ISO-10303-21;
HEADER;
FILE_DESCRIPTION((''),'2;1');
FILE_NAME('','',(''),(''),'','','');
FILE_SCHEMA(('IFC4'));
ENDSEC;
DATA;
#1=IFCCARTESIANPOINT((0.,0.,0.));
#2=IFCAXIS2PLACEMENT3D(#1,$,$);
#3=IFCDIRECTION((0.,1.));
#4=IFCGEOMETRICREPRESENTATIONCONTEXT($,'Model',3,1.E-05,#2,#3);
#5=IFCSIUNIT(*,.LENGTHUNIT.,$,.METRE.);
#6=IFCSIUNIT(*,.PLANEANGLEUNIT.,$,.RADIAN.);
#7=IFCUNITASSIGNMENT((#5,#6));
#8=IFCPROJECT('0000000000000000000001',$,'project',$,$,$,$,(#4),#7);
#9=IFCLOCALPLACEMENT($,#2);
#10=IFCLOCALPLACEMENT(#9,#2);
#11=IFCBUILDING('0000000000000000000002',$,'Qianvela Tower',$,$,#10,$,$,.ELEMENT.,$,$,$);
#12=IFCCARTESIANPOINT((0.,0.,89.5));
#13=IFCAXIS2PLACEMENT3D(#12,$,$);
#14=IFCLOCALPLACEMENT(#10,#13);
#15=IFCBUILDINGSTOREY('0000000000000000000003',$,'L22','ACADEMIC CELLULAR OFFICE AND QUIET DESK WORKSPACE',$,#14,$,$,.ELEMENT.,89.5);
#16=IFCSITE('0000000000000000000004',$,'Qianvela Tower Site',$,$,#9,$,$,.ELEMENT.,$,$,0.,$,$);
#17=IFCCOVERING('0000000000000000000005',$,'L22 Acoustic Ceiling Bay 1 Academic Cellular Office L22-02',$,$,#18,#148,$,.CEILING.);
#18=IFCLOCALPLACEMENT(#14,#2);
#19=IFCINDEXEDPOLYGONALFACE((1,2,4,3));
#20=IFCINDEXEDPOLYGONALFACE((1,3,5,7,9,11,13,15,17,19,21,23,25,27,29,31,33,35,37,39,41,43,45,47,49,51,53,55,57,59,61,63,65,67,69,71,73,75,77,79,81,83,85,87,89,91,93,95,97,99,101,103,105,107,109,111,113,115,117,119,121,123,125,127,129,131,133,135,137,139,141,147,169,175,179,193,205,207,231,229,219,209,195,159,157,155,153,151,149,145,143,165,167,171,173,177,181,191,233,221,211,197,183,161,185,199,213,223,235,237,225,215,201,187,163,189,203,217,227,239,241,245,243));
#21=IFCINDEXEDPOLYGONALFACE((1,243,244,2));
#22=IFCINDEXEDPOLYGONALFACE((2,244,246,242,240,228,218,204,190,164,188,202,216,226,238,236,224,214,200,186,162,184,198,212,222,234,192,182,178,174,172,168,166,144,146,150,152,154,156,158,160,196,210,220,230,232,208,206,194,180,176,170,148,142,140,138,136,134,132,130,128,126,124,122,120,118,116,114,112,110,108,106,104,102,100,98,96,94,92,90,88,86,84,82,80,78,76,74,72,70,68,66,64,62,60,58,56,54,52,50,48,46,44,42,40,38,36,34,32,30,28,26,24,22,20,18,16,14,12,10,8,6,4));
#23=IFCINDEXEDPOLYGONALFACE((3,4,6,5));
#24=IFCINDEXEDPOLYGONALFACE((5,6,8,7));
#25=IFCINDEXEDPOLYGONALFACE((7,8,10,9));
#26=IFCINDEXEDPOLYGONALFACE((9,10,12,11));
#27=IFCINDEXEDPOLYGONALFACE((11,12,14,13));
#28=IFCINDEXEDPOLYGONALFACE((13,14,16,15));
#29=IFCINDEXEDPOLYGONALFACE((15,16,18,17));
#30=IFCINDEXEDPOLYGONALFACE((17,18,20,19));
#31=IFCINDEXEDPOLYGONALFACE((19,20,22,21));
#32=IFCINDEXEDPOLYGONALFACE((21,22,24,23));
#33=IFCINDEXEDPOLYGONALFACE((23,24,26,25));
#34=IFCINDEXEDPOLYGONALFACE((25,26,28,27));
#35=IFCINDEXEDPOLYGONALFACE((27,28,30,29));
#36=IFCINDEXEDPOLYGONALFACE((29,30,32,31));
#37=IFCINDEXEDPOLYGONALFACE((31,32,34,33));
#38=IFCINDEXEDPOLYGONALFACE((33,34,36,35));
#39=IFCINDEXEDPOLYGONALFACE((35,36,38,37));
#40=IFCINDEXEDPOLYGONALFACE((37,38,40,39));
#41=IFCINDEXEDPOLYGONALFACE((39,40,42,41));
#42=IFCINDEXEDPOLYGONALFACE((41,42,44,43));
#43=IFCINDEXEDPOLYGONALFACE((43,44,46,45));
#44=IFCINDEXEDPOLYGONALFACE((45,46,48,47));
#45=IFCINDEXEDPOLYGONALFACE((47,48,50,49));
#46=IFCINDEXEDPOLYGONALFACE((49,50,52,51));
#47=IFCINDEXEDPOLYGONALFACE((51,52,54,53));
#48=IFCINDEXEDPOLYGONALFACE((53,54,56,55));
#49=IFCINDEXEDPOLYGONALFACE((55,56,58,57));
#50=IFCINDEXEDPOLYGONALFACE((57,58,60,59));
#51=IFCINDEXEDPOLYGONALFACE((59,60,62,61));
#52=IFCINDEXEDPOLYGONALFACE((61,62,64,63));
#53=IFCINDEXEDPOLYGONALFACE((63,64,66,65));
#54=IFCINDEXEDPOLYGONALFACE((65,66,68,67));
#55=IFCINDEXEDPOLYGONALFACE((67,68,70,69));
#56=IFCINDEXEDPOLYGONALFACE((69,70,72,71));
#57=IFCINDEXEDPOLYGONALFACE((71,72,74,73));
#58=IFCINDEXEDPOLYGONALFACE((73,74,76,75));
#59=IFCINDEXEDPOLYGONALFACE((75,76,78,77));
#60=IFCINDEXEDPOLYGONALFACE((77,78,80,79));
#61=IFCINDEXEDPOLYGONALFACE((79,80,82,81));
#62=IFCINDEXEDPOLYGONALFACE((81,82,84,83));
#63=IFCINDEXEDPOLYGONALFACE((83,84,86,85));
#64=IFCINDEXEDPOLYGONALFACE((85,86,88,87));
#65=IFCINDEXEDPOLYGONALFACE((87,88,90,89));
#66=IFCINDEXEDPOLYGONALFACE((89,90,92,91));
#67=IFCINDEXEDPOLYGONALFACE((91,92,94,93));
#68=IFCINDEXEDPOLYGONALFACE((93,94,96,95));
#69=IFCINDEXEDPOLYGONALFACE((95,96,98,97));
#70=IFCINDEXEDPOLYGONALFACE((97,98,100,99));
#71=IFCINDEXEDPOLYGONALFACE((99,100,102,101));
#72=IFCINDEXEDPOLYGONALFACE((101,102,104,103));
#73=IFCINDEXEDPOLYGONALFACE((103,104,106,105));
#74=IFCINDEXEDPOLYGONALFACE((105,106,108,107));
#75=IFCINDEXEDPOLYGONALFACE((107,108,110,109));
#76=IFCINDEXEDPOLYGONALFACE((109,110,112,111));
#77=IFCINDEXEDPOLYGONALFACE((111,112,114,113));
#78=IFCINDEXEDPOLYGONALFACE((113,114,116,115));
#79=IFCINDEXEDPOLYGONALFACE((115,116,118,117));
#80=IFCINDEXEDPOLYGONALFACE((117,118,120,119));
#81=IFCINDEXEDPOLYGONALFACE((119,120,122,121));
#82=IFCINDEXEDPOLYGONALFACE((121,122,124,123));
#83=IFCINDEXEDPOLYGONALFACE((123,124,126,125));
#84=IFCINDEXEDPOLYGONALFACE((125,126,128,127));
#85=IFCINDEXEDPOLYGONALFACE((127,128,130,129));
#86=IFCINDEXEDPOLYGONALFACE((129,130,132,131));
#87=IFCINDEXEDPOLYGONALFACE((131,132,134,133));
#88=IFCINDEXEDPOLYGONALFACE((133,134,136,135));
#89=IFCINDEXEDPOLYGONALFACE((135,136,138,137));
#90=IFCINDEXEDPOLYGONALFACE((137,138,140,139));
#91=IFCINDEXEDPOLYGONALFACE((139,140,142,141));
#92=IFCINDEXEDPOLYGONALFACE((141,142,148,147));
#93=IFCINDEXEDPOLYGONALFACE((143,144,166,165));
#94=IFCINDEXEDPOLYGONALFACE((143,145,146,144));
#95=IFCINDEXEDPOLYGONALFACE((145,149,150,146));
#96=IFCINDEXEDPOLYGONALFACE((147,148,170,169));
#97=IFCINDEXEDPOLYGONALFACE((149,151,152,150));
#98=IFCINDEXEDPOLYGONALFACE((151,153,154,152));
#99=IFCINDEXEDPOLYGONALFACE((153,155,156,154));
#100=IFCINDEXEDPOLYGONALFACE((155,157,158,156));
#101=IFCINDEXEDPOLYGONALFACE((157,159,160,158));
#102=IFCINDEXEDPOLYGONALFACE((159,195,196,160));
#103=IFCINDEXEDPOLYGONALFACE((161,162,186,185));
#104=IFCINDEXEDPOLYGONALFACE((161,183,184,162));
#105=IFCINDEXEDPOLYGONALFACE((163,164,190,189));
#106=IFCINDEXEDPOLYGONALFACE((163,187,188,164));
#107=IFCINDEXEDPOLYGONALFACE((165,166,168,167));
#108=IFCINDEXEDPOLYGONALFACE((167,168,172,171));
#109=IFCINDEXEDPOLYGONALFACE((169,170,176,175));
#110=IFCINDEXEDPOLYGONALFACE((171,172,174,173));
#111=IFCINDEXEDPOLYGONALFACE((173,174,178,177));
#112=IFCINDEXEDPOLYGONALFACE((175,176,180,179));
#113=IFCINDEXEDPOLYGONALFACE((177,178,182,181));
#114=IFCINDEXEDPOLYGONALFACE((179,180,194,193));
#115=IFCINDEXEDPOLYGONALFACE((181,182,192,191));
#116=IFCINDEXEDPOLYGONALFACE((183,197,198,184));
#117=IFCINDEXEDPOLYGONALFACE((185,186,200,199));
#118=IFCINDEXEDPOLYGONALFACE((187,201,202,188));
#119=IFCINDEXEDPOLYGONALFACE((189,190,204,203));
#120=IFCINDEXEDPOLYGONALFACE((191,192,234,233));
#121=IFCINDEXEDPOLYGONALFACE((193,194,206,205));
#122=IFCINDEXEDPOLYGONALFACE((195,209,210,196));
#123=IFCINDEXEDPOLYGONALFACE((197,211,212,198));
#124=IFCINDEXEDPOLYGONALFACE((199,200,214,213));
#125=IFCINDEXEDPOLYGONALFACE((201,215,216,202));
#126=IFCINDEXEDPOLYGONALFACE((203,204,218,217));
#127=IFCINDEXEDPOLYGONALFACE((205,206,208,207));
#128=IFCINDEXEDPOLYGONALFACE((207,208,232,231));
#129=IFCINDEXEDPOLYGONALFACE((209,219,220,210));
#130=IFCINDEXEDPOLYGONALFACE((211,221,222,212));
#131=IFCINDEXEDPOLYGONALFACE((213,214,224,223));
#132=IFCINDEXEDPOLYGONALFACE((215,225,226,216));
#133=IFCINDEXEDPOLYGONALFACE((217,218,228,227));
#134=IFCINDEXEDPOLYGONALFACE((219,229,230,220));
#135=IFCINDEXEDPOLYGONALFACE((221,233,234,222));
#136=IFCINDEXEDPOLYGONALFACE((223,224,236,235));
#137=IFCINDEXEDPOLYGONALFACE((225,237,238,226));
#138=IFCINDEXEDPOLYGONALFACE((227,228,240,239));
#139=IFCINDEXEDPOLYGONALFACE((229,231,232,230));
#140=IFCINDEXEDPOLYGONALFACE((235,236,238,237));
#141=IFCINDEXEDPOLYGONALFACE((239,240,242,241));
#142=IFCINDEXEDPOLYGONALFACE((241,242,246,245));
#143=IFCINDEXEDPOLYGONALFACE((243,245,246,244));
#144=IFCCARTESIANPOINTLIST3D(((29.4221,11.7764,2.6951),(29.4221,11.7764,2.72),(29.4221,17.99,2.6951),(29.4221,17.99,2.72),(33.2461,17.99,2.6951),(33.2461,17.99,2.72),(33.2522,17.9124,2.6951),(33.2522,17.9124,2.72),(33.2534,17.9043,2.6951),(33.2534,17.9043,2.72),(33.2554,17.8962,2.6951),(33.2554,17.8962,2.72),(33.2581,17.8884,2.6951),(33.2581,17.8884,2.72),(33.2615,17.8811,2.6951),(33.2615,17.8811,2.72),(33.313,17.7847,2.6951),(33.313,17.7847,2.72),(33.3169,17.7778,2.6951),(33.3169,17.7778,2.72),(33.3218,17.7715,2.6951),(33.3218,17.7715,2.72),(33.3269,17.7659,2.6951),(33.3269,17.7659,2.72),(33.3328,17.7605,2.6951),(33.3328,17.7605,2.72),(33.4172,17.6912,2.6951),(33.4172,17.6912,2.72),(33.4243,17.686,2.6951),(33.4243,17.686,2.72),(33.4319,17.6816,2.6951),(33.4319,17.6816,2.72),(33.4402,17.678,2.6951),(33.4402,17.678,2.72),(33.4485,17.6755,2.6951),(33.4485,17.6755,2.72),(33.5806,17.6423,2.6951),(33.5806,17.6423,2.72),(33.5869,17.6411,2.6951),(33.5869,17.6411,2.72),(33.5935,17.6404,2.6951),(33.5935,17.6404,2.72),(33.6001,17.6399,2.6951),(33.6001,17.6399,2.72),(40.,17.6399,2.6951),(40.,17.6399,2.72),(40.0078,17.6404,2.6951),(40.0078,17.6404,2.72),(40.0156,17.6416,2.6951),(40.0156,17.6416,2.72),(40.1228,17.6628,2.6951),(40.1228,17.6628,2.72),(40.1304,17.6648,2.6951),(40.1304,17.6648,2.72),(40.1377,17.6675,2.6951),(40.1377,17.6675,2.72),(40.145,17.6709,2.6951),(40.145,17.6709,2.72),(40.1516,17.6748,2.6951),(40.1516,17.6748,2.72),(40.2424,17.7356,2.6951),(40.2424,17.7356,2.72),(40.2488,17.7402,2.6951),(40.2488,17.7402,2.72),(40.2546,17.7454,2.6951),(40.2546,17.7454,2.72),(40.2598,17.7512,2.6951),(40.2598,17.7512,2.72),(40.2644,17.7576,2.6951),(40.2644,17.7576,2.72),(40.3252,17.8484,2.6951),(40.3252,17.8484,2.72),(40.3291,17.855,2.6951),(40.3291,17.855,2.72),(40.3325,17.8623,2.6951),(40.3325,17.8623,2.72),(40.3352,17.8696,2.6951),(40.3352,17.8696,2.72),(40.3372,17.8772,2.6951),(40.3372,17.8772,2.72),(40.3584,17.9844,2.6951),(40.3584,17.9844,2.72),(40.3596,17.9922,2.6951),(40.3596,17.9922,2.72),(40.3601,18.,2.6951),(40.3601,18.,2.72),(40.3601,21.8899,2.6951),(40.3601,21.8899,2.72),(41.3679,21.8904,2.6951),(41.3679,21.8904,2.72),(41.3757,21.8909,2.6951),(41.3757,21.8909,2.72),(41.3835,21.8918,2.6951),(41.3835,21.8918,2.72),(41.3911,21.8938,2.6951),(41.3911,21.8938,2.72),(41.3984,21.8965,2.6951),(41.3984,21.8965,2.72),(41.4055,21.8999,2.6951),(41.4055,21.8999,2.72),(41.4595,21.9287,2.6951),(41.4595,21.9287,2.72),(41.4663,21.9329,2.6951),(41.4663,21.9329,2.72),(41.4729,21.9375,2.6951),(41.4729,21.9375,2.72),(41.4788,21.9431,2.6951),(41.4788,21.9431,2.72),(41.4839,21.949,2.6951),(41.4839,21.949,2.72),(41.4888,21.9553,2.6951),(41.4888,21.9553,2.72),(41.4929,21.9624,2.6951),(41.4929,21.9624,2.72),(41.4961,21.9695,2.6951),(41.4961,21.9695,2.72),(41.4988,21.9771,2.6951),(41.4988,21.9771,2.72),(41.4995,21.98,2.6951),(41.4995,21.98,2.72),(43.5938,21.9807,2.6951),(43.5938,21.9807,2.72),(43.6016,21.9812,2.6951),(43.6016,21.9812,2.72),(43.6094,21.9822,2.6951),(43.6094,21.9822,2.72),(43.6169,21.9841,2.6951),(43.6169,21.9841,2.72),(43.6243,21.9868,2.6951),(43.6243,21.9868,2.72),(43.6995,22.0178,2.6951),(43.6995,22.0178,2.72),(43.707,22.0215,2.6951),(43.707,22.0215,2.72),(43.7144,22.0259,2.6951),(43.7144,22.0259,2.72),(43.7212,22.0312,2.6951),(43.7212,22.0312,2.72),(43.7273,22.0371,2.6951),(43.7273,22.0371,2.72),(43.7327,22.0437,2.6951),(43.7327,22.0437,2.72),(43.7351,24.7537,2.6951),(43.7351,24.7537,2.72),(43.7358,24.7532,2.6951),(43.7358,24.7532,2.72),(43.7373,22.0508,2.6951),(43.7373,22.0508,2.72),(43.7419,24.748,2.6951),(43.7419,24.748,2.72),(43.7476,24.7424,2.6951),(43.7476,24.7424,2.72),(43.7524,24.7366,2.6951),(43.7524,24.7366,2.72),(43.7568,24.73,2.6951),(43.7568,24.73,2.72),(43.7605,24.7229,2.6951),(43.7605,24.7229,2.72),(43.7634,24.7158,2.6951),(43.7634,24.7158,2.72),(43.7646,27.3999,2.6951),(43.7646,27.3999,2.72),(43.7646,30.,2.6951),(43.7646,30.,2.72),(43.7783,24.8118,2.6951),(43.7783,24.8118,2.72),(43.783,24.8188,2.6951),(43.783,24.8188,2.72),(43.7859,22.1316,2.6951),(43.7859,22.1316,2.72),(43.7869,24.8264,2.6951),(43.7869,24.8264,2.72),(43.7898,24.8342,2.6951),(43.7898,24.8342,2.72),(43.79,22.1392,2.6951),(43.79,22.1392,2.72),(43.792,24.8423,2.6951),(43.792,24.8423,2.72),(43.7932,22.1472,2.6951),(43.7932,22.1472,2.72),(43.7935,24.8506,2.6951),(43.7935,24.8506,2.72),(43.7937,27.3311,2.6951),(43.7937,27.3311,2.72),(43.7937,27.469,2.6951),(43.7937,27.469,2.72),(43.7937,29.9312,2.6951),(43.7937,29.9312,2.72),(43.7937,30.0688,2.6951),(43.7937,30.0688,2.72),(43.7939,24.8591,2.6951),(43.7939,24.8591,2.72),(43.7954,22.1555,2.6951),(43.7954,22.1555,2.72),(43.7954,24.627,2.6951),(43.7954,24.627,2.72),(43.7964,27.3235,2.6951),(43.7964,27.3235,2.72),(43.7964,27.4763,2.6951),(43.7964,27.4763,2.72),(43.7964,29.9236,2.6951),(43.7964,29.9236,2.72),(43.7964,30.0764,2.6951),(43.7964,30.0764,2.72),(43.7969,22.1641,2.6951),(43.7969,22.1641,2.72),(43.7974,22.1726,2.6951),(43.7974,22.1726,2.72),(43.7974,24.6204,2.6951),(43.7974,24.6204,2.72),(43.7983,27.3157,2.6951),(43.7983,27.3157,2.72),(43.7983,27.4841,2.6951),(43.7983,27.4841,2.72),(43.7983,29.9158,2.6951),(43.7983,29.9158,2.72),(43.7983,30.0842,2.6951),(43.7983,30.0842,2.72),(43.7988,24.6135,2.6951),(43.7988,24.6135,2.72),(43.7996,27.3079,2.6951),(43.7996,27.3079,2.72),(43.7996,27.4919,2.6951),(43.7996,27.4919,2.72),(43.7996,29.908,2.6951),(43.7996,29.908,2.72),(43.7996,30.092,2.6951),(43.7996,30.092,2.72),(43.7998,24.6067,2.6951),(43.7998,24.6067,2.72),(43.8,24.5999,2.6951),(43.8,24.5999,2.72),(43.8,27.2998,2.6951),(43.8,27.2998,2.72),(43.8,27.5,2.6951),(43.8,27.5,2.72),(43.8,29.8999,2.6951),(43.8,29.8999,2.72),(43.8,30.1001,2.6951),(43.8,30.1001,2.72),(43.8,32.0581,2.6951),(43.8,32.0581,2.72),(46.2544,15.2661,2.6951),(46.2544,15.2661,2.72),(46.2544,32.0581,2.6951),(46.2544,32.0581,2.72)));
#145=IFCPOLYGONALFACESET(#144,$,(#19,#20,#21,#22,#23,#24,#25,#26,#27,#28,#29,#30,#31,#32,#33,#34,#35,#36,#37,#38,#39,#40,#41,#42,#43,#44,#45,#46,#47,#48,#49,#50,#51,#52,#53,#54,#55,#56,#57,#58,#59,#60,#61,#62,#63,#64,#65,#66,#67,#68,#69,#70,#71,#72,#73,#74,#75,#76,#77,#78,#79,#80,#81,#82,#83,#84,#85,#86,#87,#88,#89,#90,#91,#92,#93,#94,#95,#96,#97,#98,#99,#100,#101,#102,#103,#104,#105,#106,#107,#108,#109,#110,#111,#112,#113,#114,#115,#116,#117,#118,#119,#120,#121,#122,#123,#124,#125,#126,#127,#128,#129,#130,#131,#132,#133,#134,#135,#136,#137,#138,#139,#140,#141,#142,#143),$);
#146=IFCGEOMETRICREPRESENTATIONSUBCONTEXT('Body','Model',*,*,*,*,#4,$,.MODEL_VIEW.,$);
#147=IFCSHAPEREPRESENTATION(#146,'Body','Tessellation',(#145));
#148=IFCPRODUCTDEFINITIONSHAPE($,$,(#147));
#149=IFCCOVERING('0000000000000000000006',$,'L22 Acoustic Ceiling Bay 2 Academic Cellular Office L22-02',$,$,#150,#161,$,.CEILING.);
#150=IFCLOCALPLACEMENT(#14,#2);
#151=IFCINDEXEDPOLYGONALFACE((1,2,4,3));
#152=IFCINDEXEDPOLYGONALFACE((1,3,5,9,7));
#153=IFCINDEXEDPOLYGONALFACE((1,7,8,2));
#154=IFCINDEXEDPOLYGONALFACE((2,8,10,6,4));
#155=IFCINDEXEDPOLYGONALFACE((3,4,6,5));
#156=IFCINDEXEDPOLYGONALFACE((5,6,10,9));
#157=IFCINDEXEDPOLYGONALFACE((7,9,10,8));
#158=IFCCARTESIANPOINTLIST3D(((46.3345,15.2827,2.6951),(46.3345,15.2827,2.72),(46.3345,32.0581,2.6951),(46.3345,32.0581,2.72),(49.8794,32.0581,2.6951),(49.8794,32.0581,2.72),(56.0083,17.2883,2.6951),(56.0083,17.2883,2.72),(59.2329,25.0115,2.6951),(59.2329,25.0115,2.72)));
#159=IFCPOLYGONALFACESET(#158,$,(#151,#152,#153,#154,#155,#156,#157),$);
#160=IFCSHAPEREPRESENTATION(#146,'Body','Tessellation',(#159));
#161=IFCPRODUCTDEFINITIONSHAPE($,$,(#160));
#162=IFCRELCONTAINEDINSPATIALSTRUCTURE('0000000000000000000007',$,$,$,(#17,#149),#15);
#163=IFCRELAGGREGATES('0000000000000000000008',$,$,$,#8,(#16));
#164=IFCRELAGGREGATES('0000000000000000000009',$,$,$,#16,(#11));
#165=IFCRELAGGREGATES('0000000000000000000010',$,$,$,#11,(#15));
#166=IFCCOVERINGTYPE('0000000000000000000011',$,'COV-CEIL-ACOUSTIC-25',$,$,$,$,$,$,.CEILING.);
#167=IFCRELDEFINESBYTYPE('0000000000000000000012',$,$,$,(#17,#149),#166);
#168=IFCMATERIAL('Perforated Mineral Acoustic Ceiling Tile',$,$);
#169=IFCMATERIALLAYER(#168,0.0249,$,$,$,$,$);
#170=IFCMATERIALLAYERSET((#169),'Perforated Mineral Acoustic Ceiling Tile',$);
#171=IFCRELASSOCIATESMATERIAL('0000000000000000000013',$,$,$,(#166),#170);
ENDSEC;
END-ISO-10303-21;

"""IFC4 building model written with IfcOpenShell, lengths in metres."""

from ifc_helpers import new_model, si_unit, direction, frame, origin, place, context, subcontext, project, spatial, polyline, outline, extrude, material, layer, layer_set, type_object, element, save


model = new_model("IFC4")

# Units and contexts
model_context = context("Model", 3, precision=1e-05, world=origin(), true_north=direction((0.0, 1.0)))
body_context = subcontext(model_context, "Body", "Model", "MODEL_VIEW")
ifc_project = project(units=[si_unit("LENGTHUNIT", "METRE"), si_unit("PLANEANGLEUNIT", "RADIAN")], contexts=[model_context])

# Site, building, storey
site_placement = place(None, origin())
site = spatial("IfcSite", under=ifc_project, at=site_placement, Name="Qianvela Tower Site", CompositionType="ELEMENT", RefElevation=0.0)
building_placement = place(site_placement, origin())
building = spatial("IfcBuilding", under=site, at=building_placement, Name="Qianvela Tower", CompositionType="ELEMENT")
storey_placement = place(building_placement, frame((0.0, 0.0, 89.5)))
storey = spatial("IfcBuildingStorey", under=building, at=storey_placement, Name="L22", Description="ACADEMIC CELLULAR OFFICE AND QUIET DESK WORKSPACE", CompositionType="ELEMENT", Elevation=89.5)

# Coverings
ifc_material_1 = material(Name="Perforated Mineral Acoustic Ceiling Tile")
ifc_layer_1 = layer(ifc_material_1, 0.0249)
ifc_layer_set_1 = layer_set([ifc_layer_1], Name="Perforated Mineral Acoustic Ceiling Tile")
covering_type_1 = type_object("IfcCoveringType", Name="COV-CEIL-ACOUSTIC-25", PredefinedType="CEILING", material=ifc_layer_set_1)
covering_1_placement = place(storey_placement, frame((0.0, 0.0, 2.6951)))
element("IfcCovering", 1, at=covering_1_placement, inside=storey, type_object=covering_type_1, Name="L22 Acoustic Ceiling Bay 1 Academic Cellular Office L22-02", PredefinedType="CEILING", context=body_context, shape_type="SweptSolid", body=[
    extrude(outline(polyline([(33.2522, 17.9124), (33.2534, 17.9043), (33.2554, 17.8962), (33.2581, 17.8884), (33.2615, 17.8811), (33.313, 17.7847), (33.3169, 17.7778), (33.3218, 17.7715), (33.3269, 17.7659), (33.3328, 17.7605), (33.4172, 17.6912), (33.4243, 17.686), (33.4319, 17.6816), (33.4402, 17.678), (33.4485, 17.6755), (33.5806, 17.6423), (33.5869, 17.6411), (33.5935, 17.6404), (33.6001, 17.6399), (40.0, 17.6399), (40.0078, 17.6404), (40.0156, 17.6416), (40.1228, 17.6628), (40.1304, 17.6648), (40.1377, 17.6675), (40.145, 17.6709), (40.1516, 17.6748), (40.2424, 17.7356), (40.2488, 17.7402), (40.2546, 17.7454), (40.2598, 17.7512), (40.2644, 17.7576), (40.3252, 17.8484), (40.3291, 17.855), (40.3325, 17.8623), (40.3352, 17.8696), (40.3372, 17.8772), (40.3584, 17.9844), (40.3596, 17.9922), (40.3601, 18.0), (40.3601, 21.8899), (41.3679, 21.8904), (41.3757, 21.8909), (41.3835, 21.8918), (41.3911, 21.8938), (41.3984, 21.8965), (41.4055, 21.8999), (41.4595, 21.9287), (41.4663, 21.9329), (41.4729, 21.9375), (41.4788, 21.9431), (41.4839, 21.949), (41.4888, 21.9553), (41.4929, 21.9624), (41.4961, 21.9695), (41.4988, 21.9771), (41.4995, 21.98), (43.5938, 21.9807), (43.6016, 21.9812), (43.6094, 21.9822), (43.6169, 21.9841), (43.6243, 21.9868), (43.6995, 22.0178), (43.707, 22.0215), (43.7144, 22.0259), (43.7212, 22.0312), (43.7273, 22.0371), (43.7327, 22.0437), (43.7373, 22.0508), (43.7859, 22.1316), (43.79, 22.1392), (43.7932, 22.1472), (43.7954, 22.1555), (43.7969, 22.1641), (43.7974, 22.1726), (43.8, 24.5999), (43.7998, 24.6067), (43.7988, 24.6135), (43.7974, 24.6204), (43.7954, 24.627), (43.7634, 24.7158), (43.7605, 24.7229), (43.7568, 24.73), (43.7524, 24.7366), (43.7476, 24.7424), (43.7419, 24.748), (43.7358, 24.7532), (43.7351, 24.7537), (43.7783, 24.8118), (43.783, 24.8188), (43.7869, 24.8264), (43.7898, 24.8342), (43.792, 24.8423), (43.7935, 24.8506), (43.7939, 24.8591), (43.8, 27.2998), (43.7996, 27.3079), (43.7983, 27.3157), (43.7964, 27.3235), (43.7937, 27.3311), (43.7646, 27.3999), (43.7937, 27.469), (43.7964, 27.4763), (43.7983, 27.4841), (43.7996, 27.4919), (43.8, 27.5), (43.8, 29.8999), (43.7996, 29.908), (43.7983, 29.9158), (43.7964, 29.9236), (43.7937, 29.9312), (43.7646, 30.0), (43.7937, 30.0688), (43.7964, 30.0764), (43.7983, 30.0842), (43.7996, 30.092), (43.8, 30.1001), (43.8, 32.0581), (46.2544, 32.0581), (46.2544, 15.2661), (29.4221, 11.7764), (29.4221, 17.99), (33.2461, 17.99), (33.2522, 17.9124)])), origin(), (0.0, 0.0, 1.0), 0.0249),
])
covering_2_placement = place(storey_placement, frame((0.0, 0.0, 2.6951)))
element("IfcCovering", 2, at=covering_2_placement, inside=storey, type_object=covering_type_1, Name="L22 Acoustic Ceiling Bay 2 Academic Cellular Office L22-02", PredefinedType="CEILING", context=body_context, shape_type="SweptSolid", body=[
    extrude(outline(polyline([(49.8794, 32.0581), (59.2329, 25.0115), (56.0083, 17.2883), (46.3345, 15.2827), (46.3345, 32.0581), (49.8794, 32.0581)])), origin(), (0.0, 0.0, 1.0), 0.0249),
])

save(model, "model.ifc")
